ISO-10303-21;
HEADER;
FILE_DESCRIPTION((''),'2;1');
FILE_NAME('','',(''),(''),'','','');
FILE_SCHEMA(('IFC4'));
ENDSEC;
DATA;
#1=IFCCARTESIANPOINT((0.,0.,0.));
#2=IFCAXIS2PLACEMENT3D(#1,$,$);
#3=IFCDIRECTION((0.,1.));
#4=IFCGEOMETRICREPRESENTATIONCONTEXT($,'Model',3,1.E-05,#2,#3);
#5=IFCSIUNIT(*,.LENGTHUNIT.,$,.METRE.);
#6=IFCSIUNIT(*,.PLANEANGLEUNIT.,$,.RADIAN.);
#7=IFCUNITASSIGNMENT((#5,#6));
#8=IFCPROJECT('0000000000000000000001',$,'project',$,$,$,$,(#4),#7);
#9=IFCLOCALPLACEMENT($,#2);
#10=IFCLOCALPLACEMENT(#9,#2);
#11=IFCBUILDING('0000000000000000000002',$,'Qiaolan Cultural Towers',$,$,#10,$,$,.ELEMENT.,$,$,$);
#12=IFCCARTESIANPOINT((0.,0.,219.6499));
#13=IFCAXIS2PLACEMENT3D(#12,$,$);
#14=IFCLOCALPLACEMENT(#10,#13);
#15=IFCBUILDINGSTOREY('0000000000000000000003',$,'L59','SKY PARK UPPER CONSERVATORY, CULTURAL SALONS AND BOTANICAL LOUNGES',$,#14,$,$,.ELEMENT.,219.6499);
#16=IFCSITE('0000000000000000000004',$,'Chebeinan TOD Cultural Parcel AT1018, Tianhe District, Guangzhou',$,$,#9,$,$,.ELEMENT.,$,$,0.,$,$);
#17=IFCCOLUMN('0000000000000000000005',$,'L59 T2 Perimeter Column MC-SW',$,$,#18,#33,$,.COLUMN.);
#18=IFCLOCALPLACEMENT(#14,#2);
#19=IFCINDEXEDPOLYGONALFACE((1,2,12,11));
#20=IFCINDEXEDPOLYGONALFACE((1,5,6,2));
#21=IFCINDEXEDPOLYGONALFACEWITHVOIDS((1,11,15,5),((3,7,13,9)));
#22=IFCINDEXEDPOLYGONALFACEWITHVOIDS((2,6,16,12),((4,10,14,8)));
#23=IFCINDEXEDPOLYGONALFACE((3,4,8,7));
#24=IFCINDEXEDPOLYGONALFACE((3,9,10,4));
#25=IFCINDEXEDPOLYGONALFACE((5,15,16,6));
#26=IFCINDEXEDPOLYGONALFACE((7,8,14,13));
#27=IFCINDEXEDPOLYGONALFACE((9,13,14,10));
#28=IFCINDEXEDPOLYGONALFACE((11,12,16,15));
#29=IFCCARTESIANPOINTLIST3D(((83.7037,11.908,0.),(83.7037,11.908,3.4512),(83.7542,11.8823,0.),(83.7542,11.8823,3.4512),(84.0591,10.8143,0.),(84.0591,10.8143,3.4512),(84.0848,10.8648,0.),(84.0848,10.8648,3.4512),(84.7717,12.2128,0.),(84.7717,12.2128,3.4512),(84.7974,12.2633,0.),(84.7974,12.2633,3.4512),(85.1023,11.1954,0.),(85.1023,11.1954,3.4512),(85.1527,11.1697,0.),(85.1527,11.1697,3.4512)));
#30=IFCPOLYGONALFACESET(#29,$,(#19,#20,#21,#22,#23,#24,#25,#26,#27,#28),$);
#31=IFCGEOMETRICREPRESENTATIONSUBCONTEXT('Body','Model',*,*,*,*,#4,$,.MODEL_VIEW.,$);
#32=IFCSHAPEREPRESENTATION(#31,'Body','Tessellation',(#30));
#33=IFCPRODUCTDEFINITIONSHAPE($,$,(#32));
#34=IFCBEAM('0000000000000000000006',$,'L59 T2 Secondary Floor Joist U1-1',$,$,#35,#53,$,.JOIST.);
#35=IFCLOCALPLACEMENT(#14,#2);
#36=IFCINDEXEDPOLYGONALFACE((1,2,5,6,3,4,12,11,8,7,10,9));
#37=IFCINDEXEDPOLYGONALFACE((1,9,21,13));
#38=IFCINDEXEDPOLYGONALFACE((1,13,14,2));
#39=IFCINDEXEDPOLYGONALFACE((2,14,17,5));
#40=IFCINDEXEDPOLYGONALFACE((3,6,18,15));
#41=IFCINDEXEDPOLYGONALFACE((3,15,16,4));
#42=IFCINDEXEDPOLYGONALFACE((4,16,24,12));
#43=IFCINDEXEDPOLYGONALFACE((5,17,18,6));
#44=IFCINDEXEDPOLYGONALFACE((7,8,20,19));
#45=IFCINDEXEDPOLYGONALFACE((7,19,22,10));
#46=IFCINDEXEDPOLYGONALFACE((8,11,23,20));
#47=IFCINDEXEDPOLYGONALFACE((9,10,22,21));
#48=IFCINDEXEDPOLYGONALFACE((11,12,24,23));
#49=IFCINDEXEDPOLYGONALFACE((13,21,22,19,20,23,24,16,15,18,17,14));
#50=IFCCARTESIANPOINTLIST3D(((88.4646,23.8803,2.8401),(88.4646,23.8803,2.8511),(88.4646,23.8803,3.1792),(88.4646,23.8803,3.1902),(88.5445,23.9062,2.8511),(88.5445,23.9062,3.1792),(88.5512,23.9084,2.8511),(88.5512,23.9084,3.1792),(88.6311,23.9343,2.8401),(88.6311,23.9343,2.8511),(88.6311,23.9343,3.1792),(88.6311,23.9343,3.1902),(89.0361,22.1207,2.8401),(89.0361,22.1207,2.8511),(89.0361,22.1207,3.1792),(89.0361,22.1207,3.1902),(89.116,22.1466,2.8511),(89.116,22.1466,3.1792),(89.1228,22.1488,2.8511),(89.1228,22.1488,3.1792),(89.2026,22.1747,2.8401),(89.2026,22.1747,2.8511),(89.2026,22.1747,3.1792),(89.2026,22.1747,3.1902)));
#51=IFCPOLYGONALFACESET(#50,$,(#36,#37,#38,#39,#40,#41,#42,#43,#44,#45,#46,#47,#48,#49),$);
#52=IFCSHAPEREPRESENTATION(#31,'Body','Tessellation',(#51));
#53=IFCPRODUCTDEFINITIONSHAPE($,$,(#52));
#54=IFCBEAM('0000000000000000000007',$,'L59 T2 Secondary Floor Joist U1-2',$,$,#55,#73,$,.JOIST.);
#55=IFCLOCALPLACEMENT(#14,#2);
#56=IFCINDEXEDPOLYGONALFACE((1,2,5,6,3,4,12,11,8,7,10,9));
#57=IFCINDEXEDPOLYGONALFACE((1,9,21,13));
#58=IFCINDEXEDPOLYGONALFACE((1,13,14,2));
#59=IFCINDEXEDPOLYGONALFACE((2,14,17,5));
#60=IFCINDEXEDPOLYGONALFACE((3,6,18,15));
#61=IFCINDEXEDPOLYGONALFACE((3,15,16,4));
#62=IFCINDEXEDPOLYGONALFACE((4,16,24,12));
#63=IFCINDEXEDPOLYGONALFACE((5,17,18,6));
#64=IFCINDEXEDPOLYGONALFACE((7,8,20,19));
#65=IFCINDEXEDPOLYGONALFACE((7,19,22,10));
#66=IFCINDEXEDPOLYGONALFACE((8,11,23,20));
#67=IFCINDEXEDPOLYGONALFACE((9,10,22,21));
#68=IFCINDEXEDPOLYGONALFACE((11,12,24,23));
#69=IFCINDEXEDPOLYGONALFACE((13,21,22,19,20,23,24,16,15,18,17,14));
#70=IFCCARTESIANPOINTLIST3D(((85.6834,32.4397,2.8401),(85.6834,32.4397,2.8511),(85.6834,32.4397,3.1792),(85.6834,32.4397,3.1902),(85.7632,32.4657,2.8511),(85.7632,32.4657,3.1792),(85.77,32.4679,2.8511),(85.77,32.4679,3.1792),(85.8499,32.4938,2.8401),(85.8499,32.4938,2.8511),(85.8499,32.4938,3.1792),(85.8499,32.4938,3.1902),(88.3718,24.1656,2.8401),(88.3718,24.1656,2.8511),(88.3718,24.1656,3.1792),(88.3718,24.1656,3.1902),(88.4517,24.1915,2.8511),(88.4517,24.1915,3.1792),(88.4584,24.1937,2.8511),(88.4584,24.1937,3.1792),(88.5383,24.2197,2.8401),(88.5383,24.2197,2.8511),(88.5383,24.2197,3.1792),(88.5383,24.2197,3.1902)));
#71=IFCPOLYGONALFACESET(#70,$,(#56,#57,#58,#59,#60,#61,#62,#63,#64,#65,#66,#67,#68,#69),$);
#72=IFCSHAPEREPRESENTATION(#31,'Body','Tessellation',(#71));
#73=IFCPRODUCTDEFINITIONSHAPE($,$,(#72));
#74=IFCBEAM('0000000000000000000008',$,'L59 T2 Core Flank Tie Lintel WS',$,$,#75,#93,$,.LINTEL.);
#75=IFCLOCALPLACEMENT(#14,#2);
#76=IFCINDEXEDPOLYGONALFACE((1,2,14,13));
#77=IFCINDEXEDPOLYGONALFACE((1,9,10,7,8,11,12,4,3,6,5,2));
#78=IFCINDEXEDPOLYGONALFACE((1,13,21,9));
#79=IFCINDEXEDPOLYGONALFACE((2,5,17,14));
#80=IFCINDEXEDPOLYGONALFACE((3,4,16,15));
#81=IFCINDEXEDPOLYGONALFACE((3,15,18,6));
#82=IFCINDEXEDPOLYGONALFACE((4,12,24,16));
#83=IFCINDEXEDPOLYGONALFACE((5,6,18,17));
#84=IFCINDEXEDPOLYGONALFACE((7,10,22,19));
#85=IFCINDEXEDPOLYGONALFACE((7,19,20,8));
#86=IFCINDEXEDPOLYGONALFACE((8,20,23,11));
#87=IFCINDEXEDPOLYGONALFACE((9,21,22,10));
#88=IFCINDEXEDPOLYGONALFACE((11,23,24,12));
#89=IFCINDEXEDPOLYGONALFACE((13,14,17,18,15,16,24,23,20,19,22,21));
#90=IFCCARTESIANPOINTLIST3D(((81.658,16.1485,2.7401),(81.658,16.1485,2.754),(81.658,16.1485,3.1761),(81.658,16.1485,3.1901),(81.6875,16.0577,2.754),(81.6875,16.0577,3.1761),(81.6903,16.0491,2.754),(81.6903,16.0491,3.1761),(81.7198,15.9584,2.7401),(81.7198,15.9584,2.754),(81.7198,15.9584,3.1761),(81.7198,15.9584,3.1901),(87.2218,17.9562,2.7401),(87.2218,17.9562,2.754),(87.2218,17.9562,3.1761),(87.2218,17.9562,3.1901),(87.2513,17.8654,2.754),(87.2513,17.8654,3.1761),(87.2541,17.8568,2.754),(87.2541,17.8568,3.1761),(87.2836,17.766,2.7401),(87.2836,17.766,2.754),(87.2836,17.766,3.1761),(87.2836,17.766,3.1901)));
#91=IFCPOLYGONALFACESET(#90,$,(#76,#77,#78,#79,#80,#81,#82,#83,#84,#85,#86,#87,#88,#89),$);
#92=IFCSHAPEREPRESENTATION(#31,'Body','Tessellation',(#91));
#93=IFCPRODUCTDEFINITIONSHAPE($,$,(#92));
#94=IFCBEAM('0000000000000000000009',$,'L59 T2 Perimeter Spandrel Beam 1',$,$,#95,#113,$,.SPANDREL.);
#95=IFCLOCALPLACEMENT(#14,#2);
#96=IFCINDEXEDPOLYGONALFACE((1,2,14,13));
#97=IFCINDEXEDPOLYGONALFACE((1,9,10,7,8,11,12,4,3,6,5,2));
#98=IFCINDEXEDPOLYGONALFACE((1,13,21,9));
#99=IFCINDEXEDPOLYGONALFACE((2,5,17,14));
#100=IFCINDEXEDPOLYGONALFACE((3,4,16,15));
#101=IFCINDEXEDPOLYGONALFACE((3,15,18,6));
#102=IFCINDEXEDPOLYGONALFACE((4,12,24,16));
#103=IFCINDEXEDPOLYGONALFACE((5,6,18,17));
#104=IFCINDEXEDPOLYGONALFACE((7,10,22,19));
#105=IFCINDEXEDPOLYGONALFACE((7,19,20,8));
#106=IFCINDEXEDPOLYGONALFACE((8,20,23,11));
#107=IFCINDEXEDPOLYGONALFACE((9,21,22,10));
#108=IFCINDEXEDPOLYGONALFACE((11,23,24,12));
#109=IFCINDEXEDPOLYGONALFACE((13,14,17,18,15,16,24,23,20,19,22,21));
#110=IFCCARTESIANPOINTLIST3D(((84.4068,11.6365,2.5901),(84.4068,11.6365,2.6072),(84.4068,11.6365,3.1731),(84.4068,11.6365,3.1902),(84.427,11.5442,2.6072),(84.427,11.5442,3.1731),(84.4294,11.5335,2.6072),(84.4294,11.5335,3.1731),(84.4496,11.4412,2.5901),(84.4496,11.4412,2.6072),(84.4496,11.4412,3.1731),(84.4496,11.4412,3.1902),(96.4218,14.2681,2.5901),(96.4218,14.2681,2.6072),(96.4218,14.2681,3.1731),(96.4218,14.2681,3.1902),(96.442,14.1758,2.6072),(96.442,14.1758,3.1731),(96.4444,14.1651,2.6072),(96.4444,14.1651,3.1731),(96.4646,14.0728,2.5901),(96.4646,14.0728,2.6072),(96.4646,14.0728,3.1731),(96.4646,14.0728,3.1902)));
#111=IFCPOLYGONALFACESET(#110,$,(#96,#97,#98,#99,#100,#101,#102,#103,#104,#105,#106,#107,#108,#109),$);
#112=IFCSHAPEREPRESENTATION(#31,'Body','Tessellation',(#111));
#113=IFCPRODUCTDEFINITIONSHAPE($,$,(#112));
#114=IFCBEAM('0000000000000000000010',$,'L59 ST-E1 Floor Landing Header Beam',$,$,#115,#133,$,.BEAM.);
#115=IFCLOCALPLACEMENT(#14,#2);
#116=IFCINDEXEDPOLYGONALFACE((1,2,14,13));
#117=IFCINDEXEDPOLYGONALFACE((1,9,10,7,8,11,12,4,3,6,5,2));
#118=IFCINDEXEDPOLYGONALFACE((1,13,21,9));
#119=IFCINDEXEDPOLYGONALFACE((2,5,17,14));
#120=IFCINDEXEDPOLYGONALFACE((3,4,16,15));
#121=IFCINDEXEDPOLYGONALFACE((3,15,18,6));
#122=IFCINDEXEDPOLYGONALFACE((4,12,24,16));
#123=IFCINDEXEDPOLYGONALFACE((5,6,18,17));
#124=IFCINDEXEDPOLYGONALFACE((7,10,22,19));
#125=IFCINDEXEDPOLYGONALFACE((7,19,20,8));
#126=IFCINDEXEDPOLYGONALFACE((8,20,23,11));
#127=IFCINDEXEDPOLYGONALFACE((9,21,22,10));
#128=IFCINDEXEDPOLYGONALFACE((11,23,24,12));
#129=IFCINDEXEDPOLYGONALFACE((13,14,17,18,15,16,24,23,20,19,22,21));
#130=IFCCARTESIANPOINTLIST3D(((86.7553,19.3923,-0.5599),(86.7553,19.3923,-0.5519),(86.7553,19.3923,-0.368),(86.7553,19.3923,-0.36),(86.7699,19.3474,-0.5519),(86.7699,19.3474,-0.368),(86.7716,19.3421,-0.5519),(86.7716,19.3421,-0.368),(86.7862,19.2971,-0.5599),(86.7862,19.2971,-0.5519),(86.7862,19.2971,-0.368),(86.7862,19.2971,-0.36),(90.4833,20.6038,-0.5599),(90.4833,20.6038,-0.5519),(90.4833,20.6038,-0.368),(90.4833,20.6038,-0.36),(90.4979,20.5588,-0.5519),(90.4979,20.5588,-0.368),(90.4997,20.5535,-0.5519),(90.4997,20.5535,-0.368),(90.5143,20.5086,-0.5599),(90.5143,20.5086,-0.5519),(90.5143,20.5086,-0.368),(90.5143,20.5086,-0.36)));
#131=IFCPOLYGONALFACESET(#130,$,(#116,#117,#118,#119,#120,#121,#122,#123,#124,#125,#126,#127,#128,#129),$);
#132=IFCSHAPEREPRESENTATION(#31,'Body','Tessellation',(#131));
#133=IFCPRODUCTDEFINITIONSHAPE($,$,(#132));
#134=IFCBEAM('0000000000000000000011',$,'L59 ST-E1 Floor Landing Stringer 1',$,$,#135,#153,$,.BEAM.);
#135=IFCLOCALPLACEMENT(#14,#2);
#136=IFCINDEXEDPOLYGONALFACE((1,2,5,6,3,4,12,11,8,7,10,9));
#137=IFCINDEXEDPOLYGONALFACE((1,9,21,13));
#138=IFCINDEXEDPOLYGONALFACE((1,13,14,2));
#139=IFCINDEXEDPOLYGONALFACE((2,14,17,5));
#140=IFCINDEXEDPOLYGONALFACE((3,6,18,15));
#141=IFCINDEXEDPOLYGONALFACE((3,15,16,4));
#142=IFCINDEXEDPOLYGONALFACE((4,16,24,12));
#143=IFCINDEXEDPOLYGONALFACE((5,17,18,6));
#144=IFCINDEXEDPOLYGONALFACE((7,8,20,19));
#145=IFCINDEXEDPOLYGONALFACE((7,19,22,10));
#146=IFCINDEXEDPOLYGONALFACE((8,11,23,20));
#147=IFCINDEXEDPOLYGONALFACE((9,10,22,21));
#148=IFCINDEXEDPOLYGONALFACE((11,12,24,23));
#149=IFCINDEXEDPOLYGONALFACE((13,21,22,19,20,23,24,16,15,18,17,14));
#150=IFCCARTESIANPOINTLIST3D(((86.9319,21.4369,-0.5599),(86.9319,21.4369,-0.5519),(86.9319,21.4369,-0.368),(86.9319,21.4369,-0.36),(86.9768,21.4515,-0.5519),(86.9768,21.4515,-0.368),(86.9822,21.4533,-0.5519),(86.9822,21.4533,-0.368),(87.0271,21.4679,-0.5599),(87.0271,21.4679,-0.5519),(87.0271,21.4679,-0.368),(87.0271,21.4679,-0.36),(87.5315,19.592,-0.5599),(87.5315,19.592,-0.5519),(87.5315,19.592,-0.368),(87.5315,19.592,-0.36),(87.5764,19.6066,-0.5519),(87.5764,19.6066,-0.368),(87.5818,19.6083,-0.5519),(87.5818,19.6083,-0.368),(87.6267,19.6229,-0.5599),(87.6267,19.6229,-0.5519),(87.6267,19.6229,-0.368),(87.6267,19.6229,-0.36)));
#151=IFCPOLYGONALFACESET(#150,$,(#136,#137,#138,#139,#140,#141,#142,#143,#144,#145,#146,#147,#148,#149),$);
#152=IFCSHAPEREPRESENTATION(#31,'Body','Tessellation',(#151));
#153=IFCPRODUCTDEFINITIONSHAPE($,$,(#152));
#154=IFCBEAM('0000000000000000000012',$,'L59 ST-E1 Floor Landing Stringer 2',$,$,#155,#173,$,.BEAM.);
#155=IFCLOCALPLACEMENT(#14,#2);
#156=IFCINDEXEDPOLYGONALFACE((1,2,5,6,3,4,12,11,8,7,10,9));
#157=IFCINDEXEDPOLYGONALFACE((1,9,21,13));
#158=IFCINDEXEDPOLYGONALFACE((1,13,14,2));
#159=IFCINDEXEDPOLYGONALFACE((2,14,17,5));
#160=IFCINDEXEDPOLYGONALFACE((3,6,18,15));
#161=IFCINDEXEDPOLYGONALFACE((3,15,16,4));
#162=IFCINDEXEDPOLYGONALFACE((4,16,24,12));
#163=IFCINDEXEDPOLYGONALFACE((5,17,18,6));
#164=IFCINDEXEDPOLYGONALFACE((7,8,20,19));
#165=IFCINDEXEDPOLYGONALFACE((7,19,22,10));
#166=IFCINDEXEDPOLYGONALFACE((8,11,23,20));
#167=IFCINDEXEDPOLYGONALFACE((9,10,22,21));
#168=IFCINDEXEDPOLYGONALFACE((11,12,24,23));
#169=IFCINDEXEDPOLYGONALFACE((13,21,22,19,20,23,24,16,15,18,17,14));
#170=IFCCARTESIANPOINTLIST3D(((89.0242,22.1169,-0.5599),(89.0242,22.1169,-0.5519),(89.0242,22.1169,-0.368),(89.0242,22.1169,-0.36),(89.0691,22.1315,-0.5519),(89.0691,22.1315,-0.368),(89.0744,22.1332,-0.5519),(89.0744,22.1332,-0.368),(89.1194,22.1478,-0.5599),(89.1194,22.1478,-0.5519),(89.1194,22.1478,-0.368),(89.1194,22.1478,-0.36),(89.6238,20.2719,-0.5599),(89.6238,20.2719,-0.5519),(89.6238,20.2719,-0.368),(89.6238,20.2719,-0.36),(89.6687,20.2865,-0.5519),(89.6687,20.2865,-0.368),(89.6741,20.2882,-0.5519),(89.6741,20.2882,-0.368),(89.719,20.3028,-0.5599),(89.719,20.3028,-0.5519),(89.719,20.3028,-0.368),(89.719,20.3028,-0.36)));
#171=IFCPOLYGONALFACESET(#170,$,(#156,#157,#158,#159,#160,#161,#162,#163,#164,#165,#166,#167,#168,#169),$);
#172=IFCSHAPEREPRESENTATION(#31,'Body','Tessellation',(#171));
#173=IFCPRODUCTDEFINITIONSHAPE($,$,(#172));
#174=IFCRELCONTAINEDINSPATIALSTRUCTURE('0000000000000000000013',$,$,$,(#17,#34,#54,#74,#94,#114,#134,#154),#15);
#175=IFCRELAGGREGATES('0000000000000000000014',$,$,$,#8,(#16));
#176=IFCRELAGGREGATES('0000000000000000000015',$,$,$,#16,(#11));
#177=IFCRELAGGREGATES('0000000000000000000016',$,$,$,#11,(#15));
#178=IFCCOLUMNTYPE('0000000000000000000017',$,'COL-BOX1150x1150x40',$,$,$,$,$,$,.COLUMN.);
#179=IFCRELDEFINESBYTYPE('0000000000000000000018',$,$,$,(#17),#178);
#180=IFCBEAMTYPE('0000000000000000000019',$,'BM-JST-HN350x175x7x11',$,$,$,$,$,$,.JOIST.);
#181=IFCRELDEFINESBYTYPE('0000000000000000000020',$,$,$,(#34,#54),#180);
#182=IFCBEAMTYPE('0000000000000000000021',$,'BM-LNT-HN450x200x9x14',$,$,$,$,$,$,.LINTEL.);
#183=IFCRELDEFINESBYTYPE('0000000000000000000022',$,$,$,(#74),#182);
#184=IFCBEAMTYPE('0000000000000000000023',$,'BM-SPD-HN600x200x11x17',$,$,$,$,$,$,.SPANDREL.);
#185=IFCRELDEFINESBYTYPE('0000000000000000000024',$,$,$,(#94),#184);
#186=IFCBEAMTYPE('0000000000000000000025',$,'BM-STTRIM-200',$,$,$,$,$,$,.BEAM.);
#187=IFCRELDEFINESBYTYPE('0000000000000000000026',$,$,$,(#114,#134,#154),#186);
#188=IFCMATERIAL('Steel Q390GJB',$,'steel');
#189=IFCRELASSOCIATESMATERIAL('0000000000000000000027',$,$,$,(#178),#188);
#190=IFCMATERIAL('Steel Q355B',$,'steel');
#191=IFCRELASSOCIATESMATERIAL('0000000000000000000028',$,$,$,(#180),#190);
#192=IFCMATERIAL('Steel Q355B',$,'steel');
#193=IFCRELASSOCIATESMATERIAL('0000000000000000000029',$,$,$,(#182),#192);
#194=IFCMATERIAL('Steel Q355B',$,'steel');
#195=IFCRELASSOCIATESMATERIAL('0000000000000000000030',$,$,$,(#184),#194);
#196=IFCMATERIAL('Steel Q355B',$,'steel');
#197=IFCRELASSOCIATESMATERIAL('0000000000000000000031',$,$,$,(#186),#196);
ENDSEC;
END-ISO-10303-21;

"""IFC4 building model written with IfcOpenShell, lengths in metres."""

from ifc_helpers import new_model, si_unit, direction, frame, origin, origin_2d, place, context, subcontext, project, spatial, hollow_rectangle, i_section, extrude, material, material_profile, profile_set, type_object, element, save


model = new_model("IFC4")

# Units and contexts
model_context = context("Model", 3, precision=1e-05, world=origin(), true_north=direction((0.0, 1.0)))
body_context = subcontext(model_context, "Body", "Model", "MODEL_VIEW")
ifc_project = project(units=[si_unit("LENGTHUNIT", "METRE"), si_unit("PLANEANGLEUNIT", "RADIAN")], contexts=[model_context])

# Site, building, storey
site_placement = place(None, origin())
site = spatial("IfcSite", under=ifc_project, at=site_placement, Name="Chebeinan TOD Cultural Parcel AT1018, Tianhe District, Guangzhou", CompositionType="ELEMENT", RefElevation=0.0)
building_placement = place(site_placement, origin())
building = spatial("IfcBuilding", under=site, at=building_placement, Name="Qiaolan Cultural Towers", CompositionType="ELEMENT")
storey_placement = place(building_placement, frame((0.0, 0.0, 219.6499)))
storey = spatial("IfcBuildingStorey", under=building, at=storey_placement, Name="L59", Description="SKY PARK UPPER CONSERVATORY, CULTURAL SALONS AND BOTANICAL LOUNGES", CompositionType="ELEMENT", Elevation=219.6499)

# Column
ifc_material_1 = material(Name="Steel Q390GJB", Category="steel")
ifc_material_profile_1 = material_profile(ifc_material_1, hollow_rectangle(XDim=1.1499, YDim=1.1499, WallThickness=0.04, at=origin_2d()), Name="BOX1150x1150x40")
ifc_profile_set_1 = profile_set([ifc_material_profile_1], Name="Steel Q390GJB")
column_type = type_object("IfcColumnType", Name="COL-BOX1150x1150x40", PredefinedType="COLUMN", material=ifc_profile_set_1)
column_placement = place(storey_placement, frame((84.4282, 11.5388, 0.0), z_axis=(0.0, 0.0, 1.0), x_axis=(0.951057, 0.309017, 0.0)))
element("IfcColumn", 1, at=column_placement, inside=storey, type_object=column_type, Name="L59 T2 Perimeter Column MC-SW", PredefinedType="COLUMN", context=body_context, shape_type="SweptSolid", body=[
    extrude(hollow_rectangle(XDim=1.1499, YDim=1.1499, WallThickness=0.04, at=origin_2d()), origin(), (0.0, 0.0, 1.0), 3.4512),
])

# Beams
ifc_material_2 = material(Name="Steel Q355B", Category="steel")
ifc_material_profile_2 = material_profile(ifc_material_2, i_section(OverallWidth=0.175, OverallDepth=0.3501, WebThickness=0.0071, FlangeThickness=0.011, at=origin_2d()), Name="HN350x175x7x11")
ifc_profile_set_2 = profile_set([ifc_material_profile_2], Name="Steel Q355B")
beam_type_1 = type_object("IfcBeamType", Name="BM-JST-HN350x175x7x11", PredefinedType="JOIST", material=ifc_profile_set_2)
beam_1_placement = place(storey_placement, frame((89.1194, 22.1477, 3.0151), z_axis=(-0.308934, 0.951084, 0.0), x_axis=(-0.951084, -0.308934, 0.0)))
element("IfcBeam", 2, at=beam_1_placement, inside=storey, type_object=beam_type_1, Name="L59 T2 Secondary Floor Joist U1-1", PredefinedType="JOIST", context=body_context, shape_type="SweptSolid", body=[
    extrude(i_section(OverallWidth=0.175, OverallDepth=0.3501, WebThickness=0.0071, FlangeThickness=0.011, at=origin_2d()), origin(), (0.0, 0.0, 1.0), 1.8501),
])
beam_2_placement = place(storey_placement, frame((88.4551, 24.1926, 3.0151), z_axis=(-0.309021, 0.951055, 0.0), x_axis=(-0.951055, -0.309021, 0.0)))
element("IfcBeam", 3, at=beam_2_placement, inside=storey, type_object=beam_type_1, Name="L59 T2 Secondary Floor Joist U1-2", PredefinedType="JOIST", context=body_context, shape_type="SweptSolid", body=[
    extrude(i_section(OverallWidth=0.175, OverallDepth=0.3501, WebThickness=0.0071, FlangeThickness=0.011, at=origin_2d()), origin(), (0.0, 0.0, 1.0), 8.7),
])
ifc_material_3 = material(Name="Steel Q355B", Category="steel")
ifc_material_profile_3 = material_profile(ifc_material_3, i_section(OverallWidth=0.2, OverallDepth=0.45, WebThickness=0.009, FlangeThickness=0.0139, at=origin_2d()), Name="HN450x200x9x14")
ifc_profile_set_3 = profile_set([ifc_material_profile_3], Name="Steel Q355B")
beam_type_2 = type_object("IfcBeamType", Name="BM-LNT-HN450x200x9x14", PredefinedType="LINTEL", material=ifc_profile_set_3)
beam_3_placement = place(storey_placement, frame((87.2527, 17.8611, 2.9651), z_axis=(-0.951064, -0.308995, 0.0), x_axis=(0.308995, -0.951064, 0.0)))
element("IfcBeam", 4, at=beam_3_placement, inside=storey, type_object=beam_type_2, Name="L59 T2 Core Flank Tie Lintel WS", PredefinedType="LINTEL", context=body_context, shape_type="SweptSolid", body=[
    extrude(i_section(OverallWidth=0.2, OverallDepth=0.45, WebThickness=0.009, FlangeThickness=0.0139, at=origin_2d()), origin(), (0.0, 0.0, 1.0), 5.8501),
])
ifc_material_4 = material(Name="Steel Q355B", Category="steel")
ifc_material_profile_4 = material_profile(ifc_material_4, i_section(OverallWidth=0.2, OverallDepth=0.6001, WebThickness=0.011, FlangeThickness=0.0171, at=origin_2d()), Name="HN600x200x11x17")
ifc_profile_set_4 = profile_set([ifc_material_profile_4], Name="Steel Q355B")
beam_type_3 = type_object("IfcBeamType", Name="BM-SPD-HN600x200x11x17", PredefinedType="SPANDREL", material=ifc_profile_set_4)
beam_4_placement = place(storey_placement, frame((84.4282, 11.5388, 2.8901), z_axis=(0.976843, 0.213956, 0.0), x_axis=(-0.213956, 0.976843, 0.0)))
element("IfcBeam", 5, at=beam_4_placement, inside=storey, type_object=beam_type_3, Name="L59 T2 Perimeter Spandrel Beam 1", PredefinedType="SPANDREL", context=body_context, shape_type="SweptSolid", body=[
    extrude(i_section(OverallWidth=0.2, OverallDepth=0.6001, WebThickness=0.011, FlangeThickness=0.0171, at=origin_2d()), origin(), (0.0, 0.0, 1.0), 12.2998),
])
ifc_material_5 = material(Name="Steel Q355B", Category="steel")
ifc_material_profile_5 = material_profile(ifc_material_5, i_section(OverallWidth=0.1001, OverallDepth=0.2, WebThickness=0.0056, FlangeThickness=0.0081, at=origin_2d()), Name="HN200x100x5.5x8")
ifc_profile_set_5 = profile_set([ifc_material_profile_5], Name="Steel Q355B")
beam_type_4 = type_object("IfcBeamType", Name="BM-STTRIM-200", PredefinedType="BEAM", material=ifc_profile_set_5)
beam_5_placement = place(storey_placement, frame((86.7708, 19.3447, -0.46), z_axis=(0.951048, 0.309044, 0.0), x_axis=(-0.309044, 0.951048, 0.0)))
element("IfcBeam", 6, at=beam_5_placement, inside=storey, type_object=beam_type_4, Name="L59 ST-E1 Floor Landing Header Beam", PredefinedType="BEAM", context=body_context, shape_type="SweptSolid", body=[
    extrude(i_section(OverallWidth=0.1001, OverallDepth=0.2, WebThickness=0.0056, FlangeThickness=0.0081, at=origin_2d()), origin(), (0.0, 0.0, 1.0), 3.9199),
])
for number, where, z_axis, x_axis, name in (
    (7, (86.9795, 21.4524, -0.46), (0.309083, -0.951035, 0.0), (0.951035, 0.309083, 0.0), "L59 ST-E1 Floor Landing Stringer 1"),
    (8, (89.0718, 22.1323, -0.46), (0.309083, -0.951035, 0.0), (0.951035, 0.309083, 0.0), "L59 ST-E1 Floor Landing Stringer 2"),
):
    element("IfcBeam", number, at=place(storey_placement, frame(where, z_axis=z_axis, x_axis=x_axis)), inside=storey, type_object=beam_type_4, Name=name, PredefinedType="BEAM", context=body_context, shape_type="SweptSolid", body=[
        extrude(i_section(OverallWidth=0.1001, OverallDepth=0.2, WebThickness=0.0056, FlangeThickness=0.0081, at=origin_2d()), origin(), (0.0, 0.0, 1.0), 1.9399),
    ])

save(model, "model.ifc")
